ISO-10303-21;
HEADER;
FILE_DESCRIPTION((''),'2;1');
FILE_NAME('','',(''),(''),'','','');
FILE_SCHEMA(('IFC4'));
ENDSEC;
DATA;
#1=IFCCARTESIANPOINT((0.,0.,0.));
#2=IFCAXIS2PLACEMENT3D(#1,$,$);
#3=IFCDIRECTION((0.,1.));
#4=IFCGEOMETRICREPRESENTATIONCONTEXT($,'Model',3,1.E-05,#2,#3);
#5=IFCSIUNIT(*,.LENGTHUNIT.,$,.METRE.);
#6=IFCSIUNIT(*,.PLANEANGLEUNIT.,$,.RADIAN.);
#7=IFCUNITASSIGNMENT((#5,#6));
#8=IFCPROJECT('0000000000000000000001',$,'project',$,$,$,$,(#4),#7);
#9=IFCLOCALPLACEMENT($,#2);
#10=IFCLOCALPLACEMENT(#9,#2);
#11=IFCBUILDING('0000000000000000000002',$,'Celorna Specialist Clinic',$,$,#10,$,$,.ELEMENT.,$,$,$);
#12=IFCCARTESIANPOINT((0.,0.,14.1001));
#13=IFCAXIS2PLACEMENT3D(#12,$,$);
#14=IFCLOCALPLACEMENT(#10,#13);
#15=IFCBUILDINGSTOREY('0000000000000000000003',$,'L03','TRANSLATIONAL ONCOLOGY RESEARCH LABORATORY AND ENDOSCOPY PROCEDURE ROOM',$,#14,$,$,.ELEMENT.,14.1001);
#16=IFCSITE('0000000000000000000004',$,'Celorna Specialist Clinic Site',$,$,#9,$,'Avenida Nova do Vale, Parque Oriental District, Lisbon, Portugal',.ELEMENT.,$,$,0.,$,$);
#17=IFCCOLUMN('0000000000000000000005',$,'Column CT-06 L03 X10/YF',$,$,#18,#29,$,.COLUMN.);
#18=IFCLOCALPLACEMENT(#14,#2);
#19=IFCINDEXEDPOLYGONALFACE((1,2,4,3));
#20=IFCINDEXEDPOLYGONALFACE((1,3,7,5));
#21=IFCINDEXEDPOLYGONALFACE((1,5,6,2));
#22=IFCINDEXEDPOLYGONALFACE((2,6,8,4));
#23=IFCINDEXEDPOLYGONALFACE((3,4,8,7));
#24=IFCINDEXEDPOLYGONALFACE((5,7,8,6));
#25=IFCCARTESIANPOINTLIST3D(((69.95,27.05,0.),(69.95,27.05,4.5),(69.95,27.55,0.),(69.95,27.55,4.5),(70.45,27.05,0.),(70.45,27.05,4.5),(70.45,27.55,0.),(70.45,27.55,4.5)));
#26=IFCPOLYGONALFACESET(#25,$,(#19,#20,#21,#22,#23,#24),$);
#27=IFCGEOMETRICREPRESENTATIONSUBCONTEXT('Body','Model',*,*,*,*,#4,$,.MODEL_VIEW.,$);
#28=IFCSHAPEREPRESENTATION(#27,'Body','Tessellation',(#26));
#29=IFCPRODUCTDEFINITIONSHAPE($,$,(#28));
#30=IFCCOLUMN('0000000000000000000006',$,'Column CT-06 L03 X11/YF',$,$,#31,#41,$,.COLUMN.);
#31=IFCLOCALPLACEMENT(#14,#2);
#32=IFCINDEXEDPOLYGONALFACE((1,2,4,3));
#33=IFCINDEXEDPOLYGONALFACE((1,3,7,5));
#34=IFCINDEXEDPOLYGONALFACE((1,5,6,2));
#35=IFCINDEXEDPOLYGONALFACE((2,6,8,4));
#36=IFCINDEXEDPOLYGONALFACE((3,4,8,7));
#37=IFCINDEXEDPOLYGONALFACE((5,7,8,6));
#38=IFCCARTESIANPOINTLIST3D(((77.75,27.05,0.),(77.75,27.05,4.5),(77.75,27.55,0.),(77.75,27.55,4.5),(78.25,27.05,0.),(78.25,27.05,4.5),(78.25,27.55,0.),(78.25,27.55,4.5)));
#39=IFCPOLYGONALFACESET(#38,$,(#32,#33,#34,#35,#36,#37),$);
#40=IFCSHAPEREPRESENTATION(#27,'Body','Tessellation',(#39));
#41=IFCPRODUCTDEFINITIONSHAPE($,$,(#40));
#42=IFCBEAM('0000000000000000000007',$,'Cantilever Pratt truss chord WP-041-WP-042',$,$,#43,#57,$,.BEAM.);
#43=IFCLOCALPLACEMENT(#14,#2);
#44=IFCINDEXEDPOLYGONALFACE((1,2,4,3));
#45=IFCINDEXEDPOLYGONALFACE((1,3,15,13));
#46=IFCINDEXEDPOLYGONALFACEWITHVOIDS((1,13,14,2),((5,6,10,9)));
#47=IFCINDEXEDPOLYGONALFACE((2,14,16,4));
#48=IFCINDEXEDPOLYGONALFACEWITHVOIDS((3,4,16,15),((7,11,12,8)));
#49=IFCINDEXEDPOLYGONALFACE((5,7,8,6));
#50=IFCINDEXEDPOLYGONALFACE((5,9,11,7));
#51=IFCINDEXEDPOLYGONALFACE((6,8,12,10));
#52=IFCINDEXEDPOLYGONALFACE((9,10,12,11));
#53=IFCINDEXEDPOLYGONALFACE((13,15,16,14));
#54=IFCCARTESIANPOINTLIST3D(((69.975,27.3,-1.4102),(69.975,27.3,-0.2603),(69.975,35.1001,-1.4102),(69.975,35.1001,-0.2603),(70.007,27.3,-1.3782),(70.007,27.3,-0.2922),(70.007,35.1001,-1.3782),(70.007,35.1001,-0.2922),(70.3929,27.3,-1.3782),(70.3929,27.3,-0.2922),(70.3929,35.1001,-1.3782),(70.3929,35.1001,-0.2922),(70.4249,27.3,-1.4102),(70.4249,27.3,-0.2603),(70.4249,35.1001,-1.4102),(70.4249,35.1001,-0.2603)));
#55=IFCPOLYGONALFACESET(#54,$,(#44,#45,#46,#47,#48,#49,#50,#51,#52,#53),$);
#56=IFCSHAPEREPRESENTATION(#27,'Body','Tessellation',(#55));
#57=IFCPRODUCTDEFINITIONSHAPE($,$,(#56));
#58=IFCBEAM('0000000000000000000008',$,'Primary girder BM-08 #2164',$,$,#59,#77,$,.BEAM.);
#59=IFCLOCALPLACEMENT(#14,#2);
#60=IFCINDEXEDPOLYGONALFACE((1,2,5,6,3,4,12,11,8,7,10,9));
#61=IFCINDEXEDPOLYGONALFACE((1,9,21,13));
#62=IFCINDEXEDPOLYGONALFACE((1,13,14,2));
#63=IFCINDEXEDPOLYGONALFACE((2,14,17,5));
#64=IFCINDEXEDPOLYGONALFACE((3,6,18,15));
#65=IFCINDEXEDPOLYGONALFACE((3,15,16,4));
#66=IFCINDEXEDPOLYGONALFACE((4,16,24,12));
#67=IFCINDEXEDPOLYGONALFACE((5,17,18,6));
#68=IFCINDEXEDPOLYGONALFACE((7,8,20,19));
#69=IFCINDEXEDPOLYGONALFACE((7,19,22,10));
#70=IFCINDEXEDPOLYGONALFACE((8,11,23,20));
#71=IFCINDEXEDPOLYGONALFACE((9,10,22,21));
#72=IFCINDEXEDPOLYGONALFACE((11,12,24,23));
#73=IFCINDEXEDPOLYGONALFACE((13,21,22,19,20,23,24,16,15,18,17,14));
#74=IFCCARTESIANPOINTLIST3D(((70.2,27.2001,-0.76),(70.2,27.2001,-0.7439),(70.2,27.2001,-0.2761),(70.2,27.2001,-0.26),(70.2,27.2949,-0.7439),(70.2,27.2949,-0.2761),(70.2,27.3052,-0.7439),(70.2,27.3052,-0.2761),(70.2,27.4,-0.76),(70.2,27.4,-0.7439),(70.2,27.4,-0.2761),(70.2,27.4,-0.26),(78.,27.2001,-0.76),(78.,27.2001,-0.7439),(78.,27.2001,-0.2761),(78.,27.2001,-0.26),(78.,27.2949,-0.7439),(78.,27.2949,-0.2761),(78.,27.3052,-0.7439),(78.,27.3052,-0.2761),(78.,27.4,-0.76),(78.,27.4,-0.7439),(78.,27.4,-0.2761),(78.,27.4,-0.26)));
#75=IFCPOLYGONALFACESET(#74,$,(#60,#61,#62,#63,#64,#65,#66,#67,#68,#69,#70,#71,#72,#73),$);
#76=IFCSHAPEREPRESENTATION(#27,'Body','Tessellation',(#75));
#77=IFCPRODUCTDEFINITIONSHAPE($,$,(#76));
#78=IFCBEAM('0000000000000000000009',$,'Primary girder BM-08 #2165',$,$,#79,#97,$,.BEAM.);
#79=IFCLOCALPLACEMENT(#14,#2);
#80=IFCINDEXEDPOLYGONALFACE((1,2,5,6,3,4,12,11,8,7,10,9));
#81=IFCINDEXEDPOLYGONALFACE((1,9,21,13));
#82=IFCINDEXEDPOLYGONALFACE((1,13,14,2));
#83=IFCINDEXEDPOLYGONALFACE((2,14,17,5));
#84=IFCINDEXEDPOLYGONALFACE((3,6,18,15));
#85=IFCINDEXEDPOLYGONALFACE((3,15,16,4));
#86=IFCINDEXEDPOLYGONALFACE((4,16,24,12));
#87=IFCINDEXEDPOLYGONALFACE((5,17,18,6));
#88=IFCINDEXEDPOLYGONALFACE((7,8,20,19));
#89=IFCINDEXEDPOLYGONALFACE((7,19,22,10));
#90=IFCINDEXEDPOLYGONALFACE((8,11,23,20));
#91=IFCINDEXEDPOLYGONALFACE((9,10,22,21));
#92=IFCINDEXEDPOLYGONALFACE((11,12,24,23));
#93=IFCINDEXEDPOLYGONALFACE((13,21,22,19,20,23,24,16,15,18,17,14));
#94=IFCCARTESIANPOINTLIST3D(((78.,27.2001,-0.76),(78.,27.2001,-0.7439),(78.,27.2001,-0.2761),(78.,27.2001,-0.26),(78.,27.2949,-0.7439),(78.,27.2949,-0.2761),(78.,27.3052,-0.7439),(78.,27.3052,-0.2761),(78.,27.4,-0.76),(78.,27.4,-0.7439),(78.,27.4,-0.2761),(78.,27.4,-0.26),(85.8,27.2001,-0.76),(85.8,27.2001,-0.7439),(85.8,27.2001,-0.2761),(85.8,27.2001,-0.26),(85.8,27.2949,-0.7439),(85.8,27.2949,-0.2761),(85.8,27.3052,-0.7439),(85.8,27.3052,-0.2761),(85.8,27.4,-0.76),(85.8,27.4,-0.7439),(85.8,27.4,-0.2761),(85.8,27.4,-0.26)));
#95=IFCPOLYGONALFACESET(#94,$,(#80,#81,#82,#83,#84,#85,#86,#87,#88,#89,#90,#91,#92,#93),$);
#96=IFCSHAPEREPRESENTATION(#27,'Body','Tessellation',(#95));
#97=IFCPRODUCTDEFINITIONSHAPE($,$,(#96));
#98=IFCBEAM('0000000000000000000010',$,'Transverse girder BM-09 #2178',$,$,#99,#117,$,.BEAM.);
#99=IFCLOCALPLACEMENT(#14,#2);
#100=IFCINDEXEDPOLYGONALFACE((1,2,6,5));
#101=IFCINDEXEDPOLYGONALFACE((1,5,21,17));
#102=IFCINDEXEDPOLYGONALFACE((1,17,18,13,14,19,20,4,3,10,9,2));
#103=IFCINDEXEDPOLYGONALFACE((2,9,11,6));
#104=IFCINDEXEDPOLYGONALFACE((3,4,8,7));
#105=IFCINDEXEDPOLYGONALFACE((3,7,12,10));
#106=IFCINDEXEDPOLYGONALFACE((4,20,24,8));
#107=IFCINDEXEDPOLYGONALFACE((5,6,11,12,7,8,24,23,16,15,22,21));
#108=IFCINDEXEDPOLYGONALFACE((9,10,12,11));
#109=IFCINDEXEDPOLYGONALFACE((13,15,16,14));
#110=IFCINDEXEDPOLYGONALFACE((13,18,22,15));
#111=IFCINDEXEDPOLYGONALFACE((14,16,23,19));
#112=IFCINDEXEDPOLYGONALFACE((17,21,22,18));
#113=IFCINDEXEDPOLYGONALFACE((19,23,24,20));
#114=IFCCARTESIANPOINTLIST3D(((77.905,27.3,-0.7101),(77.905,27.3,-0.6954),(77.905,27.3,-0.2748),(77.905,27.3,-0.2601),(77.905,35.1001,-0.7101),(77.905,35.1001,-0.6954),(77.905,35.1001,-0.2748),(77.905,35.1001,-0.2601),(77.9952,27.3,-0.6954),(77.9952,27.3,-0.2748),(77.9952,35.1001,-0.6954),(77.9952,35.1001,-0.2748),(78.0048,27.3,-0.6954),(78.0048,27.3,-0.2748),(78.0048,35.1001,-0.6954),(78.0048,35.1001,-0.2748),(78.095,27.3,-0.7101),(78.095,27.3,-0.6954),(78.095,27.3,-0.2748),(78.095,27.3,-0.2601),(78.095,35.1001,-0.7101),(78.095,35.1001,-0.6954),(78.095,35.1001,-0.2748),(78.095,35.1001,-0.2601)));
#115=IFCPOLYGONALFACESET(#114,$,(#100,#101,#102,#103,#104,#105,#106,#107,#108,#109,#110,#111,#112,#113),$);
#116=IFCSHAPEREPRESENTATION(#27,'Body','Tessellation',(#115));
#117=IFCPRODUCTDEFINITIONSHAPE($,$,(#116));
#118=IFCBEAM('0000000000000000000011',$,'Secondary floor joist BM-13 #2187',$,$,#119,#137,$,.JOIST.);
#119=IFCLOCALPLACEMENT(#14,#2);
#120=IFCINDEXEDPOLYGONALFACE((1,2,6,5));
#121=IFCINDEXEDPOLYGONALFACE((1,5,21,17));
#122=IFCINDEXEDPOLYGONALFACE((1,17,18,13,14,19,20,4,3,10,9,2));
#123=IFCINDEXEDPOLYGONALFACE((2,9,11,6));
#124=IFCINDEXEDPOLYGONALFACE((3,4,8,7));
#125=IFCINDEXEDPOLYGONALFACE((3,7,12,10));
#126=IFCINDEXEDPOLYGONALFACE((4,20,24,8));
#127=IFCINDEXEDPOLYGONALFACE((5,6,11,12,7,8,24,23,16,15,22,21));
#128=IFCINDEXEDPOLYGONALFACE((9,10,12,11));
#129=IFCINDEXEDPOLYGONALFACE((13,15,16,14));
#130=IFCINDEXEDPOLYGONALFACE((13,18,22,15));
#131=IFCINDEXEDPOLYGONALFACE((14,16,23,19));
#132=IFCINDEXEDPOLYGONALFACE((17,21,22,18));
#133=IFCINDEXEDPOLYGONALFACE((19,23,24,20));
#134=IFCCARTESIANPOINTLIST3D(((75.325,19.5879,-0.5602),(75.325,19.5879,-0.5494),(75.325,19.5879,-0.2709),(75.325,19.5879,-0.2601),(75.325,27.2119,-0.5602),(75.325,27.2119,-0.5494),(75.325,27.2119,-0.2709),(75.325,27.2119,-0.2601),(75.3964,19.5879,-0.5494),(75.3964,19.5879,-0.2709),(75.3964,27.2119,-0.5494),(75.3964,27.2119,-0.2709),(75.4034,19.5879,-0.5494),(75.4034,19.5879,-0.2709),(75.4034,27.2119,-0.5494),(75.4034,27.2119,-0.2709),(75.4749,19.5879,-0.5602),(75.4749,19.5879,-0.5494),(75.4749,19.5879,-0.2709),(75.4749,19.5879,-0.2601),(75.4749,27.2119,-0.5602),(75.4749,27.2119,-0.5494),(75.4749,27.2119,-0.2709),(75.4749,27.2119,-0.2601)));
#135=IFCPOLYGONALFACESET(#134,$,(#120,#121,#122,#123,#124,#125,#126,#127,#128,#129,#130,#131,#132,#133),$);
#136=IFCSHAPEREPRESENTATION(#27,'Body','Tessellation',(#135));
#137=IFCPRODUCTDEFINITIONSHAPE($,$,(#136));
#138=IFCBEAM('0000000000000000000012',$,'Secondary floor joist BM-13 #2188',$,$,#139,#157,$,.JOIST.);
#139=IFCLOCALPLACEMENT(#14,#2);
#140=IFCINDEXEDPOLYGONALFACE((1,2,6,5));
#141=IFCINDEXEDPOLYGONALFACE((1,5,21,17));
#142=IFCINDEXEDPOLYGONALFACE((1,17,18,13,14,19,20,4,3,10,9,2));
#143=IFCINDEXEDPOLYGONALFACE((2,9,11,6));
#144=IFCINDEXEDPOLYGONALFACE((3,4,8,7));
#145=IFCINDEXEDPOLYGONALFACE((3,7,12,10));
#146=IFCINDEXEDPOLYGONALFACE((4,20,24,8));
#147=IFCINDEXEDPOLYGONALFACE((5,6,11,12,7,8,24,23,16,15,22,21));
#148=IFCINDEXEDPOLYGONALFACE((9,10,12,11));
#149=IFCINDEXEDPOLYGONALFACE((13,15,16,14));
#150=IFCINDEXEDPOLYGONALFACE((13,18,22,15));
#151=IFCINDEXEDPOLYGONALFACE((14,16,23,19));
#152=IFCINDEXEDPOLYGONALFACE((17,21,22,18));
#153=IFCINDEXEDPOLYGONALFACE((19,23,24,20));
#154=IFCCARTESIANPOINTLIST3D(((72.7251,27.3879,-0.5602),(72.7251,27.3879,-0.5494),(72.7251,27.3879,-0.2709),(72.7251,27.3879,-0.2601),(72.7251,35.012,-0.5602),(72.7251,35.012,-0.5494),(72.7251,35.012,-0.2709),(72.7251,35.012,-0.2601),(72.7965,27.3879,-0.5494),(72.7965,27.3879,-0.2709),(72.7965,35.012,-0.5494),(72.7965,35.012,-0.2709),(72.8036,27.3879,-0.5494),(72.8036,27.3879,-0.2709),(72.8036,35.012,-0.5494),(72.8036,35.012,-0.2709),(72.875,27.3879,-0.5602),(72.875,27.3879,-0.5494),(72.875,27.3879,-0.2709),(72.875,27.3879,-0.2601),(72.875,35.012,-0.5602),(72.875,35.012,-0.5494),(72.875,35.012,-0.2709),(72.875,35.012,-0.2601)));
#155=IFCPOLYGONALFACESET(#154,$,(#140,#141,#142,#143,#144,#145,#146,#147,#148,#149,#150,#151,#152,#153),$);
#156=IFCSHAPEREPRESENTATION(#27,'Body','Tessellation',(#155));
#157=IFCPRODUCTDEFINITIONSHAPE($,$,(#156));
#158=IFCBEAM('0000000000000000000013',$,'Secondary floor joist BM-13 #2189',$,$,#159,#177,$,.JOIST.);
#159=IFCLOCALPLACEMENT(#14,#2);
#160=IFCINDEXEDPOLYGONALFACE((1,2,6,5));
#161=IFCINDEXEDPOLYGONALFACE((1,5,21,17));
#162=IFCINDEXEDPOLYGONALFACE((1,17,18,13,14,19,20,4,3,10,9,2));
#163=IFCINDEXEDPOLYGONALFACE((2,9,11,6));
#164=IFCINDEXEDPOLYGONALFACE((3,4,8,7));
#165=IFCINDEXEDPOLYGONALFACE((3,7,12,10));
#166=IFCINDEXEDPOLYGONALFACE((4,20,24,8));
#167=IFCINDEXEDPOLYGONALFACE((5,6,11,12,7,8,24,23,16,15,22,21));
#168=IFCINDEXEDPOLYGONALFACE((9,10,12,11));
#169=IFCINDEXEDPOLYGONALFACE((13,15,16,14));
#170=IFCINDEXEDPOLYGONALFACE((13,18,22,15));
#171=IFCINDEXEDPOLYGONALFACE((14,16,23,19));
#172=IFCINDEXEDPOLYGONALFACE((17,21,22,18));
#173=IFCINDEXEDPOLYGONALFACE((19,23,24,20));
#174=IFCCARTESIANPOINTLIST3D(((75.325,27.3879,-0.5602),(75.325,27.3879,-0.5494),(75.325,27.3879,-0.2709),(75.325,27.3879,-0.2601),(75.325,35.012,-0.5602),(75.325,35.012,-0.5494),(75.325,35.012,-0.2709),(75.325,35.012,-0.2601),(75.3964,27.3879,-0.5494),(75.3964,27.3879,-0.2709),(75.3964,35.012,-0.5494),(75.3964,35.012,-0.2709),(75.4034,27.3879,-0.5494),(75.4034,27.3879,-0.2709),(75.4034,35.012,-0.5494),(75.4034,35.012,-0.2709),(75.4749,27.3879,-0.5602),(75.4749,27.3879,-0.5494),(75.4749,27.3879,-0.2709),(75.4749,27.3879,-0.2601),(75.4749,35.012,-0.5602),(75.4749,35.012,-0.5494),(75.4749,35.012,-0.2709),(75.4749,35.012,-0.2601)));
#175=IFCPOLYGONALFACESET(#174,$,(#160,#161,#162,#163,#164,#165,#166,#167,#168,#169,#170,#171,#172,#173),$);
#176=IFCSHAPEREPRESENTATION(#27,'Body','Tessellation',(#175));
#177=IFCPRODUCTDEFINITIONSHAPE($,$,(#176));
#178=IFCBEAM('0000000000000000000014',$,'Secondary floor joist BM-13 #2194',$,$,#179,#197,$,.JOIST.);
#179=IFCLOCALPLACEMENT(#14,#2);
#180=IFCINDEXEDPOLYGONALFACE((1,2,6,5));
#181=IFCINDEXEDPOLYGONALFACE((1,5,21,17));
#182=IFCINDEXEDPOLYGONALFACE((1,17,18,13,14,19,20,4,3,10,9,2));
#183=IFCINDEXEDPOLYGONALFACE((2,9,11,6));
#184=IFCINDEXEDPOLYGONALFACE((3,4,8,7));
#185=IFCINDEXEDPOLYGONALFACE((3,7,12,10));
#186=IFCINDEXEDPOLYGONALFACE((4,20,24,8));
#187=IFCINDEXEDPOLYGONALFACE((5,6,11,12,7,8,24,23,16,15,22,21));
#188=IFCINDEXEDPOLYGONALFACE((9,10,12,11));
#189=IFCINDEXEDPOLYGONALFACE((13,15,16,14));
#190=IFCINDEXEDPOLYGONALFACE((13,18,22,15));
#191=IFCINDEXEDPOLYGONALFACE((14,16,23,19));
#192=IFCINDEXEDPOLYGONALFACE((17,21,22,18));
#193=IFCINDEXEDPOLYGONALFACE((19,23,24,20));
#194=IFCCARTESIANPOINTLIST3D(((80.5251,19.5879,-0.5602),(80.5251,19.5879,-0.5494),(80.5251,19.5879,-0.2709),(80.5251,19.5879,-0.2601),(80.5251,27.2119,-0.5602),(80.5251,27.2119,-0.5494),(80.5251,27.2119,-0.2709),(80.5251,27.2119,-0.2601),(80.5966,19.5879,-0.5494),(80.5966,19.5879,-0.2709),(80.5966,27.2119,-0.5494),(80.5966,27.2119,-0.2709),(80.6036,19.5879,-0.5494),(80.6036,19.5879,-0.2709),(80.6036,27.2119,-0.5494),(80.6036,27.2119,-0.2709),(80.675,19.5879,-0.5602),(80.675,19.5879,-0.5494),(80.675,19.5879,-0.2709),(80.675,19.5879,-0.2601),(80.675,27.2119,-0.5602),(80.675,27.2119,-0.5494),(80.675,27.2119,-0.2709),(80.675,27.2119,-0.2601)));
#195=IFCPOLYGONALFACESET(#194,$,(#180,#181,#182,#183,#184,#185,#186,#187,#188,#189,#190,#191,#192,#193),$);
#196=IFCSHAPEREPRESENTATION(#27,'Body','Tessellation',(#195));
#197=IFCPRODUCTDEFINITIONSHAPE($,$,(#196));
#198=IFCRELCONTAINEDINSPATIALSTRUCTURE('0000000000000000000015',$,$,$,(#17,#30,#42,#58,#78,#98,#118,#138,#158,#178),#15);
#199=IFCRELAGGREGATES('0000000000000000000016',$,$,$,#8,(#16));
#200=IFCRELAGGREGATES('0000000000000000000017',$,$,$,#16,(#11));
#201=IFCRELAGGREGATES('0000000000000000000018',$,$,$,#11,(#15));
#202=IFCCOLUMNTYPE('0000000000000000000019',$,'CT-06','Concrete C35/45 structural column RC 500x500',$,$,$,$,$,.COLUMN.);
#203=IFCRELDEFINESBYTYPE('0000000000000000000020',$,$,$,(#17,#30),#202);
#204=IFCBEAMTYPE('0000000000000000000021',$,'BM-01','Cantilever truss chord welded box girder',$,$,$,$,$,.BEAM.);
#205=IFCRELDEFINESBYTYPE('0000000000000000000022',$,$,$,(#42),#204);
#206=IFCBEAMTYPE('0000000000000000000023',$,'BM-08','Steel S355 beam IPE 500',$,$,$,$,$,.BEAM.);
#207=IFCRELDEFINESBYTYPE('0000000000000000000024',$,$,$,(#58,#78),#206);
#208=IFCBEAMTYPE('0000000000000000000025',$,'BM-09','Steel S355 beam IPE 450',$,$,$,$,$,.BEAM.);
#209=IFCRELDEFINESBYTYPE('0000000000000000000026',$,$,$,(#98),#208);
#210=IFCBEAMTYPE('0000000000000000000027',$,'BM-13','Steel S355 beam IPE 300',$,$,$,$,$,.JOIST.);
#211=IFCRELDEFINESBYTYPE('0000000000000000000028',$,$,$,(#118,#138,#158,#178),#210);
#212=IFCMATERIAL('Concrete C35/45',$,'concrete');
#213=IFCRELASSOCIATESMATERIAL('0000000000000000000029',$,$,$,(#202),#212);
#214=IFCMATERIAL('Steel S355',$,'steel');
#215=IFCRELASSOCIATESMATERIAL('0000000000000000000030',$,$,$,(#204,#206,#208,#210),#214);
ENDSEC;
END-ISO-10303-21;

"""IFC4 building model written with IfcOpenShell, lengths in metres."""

from ifc_helpers import new_model, si_unit, direction, frame, origin, origin_2d, place, context, subcontext, project, spatial, rectangle, hollow_rectangle, i_section, extrude, material, material_profile, profile_set, type_object, element, save


model = new_model("IFC4")

# Units and contexts
model_context = context("Model", 3, precision=1e-05, world=origin(), true_north=direction((0.0, 1.0)))
body_context = subcontext(model_context, "Body", "Model", "MODEL_VIEW")
ifc_project = project(units=[si_unit("LENGTHUNIT", "METRE"), si_unit("PLANEANGLEUNIT", "RADIAN")], contexts=[model_context])

# Site, building, storey
site_placement = place(None, origin())
site = spatial("IfcSite", under=ifc_project, at=site_placement, Name="Celorna Specialist Clinic Site", LongName="Avenida Nova do Vale, Parque Oriental District, Lisbon, Portugal", CompositionType="ELEMENT", RefElevation=0.0)
building_placement = place(site_placement, origin())
building = spatial("IfcBuilding", under=site, at=building_placement, Name="Celorna Specialist Clinic", CompositionType="ELEMENT")
storey_placement = place(building_placement, frame((0.0, 0.0, 14.1001)))
storey = spatial("IfcBuildingStorey", under=building, at=storey_placement, Name="L03", Description="TRANSLATIONAL ONCOLOGY RESEARCH LABORATORY AND ENDOSCOPY PROCEDURE ROOM", CompositionType="ELEMENT", Elevation=14.1001)

# Columns
ifc_material_1 = material(Name="Concrete C35/45", Category="concrete")
ifc_material_profile_1 = material_profile(ifc_material_1, rectangle(XDim=0.5, YDim=0.5, at=origin_2d()), Name="RC 500x500")
ifc_profile_set_1 = profile_set([ifc_material_profile_1], Name="Concrete C35/45")
column_type = type_object("IfcColumnType", Name="CT-06", Description="Concrete C35/45 structural column RC 500x500", PredefinedType="COLUMN", material=ifc_profile_set_1)
for number, where, z_axis, x_axis, name in (
    (1, (70.2, 27.3, 0.0), (0.0, 0.0, 1.0), (1.0, 0.0, 0.0), "Column CT-06 L03 X10/YF"),
    (2, (78.0, 27.3, 0.0), (0.0, 0.0, 1.0), (1.0, 0.0, 0.0), "Column CT-06 L03 X11/YF"),
):
    element("IfcColumn", number, at=place(storey_placement, frame(where, z_axis=z_axis, x_axis=x_axis)), inside=storey, type_object=column_type, Name=name, PredefinedType="COLUMN", context=body_context, shape_type="SweptSolid", body=[
        extrude(rectangle(XDim=0.5, YDim=0.5, at=origin_2d()), origin(), (0.0, 0.0, 1.0), 4.5),
    ])

# Beams
ifc_material_2 = material(Name="Steel S355", Category="steel")
ifc_material_profile_2 = material_profile(ifc_material_2, hollow_rectangle(XDim=0.45, YDim=1.1499, WallThickness=0.032, at=origin_2d()), Name="BOX 450x1150x32")
ifc_profile_set_2 = profile_set([ifc_material_profile_2], Name="Steel S355")
beam_type_1 = type_object("IfcBeamType", Name="BM-01", Description="Cantilever truss chord welded box girder", PredefinedType="BEAM", material=ifc_profile_set_2)
beam_1_placement = place(storey_placement, frame((70.2, 27.3, -0.8352), z_axis=(0.0, 1.0, 0.0), x_axis=(-1.0, 0.0, 0.0)))
element("IfcBeam", 3, at=beam_1_placement, inside=storey, type_object=beam_type_1, Name="Cantilever Pratt truss chord WP-041-WP-042", PredefinedType="BEAM", context=body_context, shape_type="SweptSolid", body=[
    extrude(hollow_rectangle(XDim=0.45, YDim=1.1499, WallThickness=0.032, at=origin_2d()), origin(), (0.0, 0.0, 1.0), 7.8),
])
ifc_material_profile_3 = material_profile(ifc_material_2, i_section(OverallWidth=0.2, OverallDepth=0.5, WebThickness=0.0103, FlangeThickness=0.0161, at=origin_2d()), Name="IPE 500")
ifc_profile_set_3 = profile_set([ifc_material_profile_3], Name="Steel S355")
beam_type_2 = type_object("IfcBeamType", Name="BM-08", Description="Steel S355 beam IPE 500", PredefinedType="BEAM", material=ifc_profile_set_3)
for number, where, z_axis, x_axis, name in (
    (4, (70.2, 27.3, -0.51), (1.0, 0.0, 0.0), (0.0, 1.0, 0.0), "Primary girder BM-08 #2164"),
    (5, (78.0, 27.3, -0.51), (1.0, 0.0, 0.0), (0.0, 1.0, 0.0), "Primary girder BM-08 #2165"),
):
    element("IfcBeam", number, at=place(storey_placement, frame(where, z_axis=z_axis, x_axis=x_axis)), inside=storey, type_object=beam_type_2, Name=name, PredefinedType="BEAM", context=body_context, shape_type="SweptSolid", body=[
        extrude(i_section(OverallWidth=0.2, OverallDepth=0.5, WebThickness=0.0103, FlangeThickness=0.0161, at=origin_2d()), origin(), (0.0, 0.0, 1.0), 7.8),
    ])
ifc_material_profile_4 = material_profile(ifc_material_2, i_section(OverallWidth=0.1899, OverallDepth=0.45, WebThickness=0.0095, FlangeThickness=0.0146, at=origin_2d()), Name="IPE 450")
ifc_profile_set_4 = profile_set([ifc_material_profile_4], Name="Steel S355")
beam_type_3 = type_object("IfcBeamType", Name="BM-09", Description="Steel S355 beam IPE 450", PredefinedType="BEAM", material=ifc_profile_set_4)
beam_2_placement = place(storey_placement, frame((78.0, 27.3, -0.4851), z_axis=(0.0, 1.0, 0.0), x_axis=(-1.0, 0.0, 0.0)))
element("IfcBeam", 6, at=beam_2_placement, inside=storey, type_object=beam_type_3, Name="Transverse girder BM-09 #2178", PredefinedType="BEAM", context=body_context, shape_type="SweptSolid", body=[
    extrude(i_section(OverallWidth=0.1899, OverallDepth=0.45, WebThickness=0.0095, FlangeThickness=0.0146, at=origin_2d()), origin(), (0.0, 0.0, 1.0), 7.8),
])
ifc_material_profile_5 = material_profile(ifc_material_2, i_section(OverallWidth=0.1499, OverallDepth=0.3, WebThickness=0.0071, FlangeThickness=0.0107, at=origin_2d()), Name="IPE 300")
ifc_profile_set_5 = profile_set([ifc_material_profile_5], Name="Steel S355")
beam_type_4 = type_object("IfcBeamType", Name="BM-13", Description="Steel S355 beam IPE 300", PredefinedType="JOIST", material=ifc_profile_set_5)
for number, where, z_axis, x_axis, name in (
    (7, (75.3999, 19.5879, -0.4102), (0.0, 1.0, 0.0), (-1.0, 0.0, 0.0), "Secondary floor joist BM-13 #2187"),
    (8, (72.8, 27.3879, -0.4102), (0.0, 1.0, 0.0), (-1.0, 0.0, 0.0), "Secondary floor joist BM-13 #2188"),
    (9, (75.3999, 27.3879, -0.4102), (0.0, 1.0, 0.0), (-1.0, 0.0, 0.0), "Secondary floor joist BM-13 #2189"),
    (10, (80.6001, 19.5879, -0.4102), (0.0, 1.0, 0.0), (-1.0, 0.0, 0.0), "Secondary floor joist BM-13 #2194"),
):
    element("IfcBeam", number, at=place(storey_placement, frame(where, z_axis=z_axis, x_axis=x_axis)), inside=storey, type_object=beam_type_4, Name=name, PredefinedType="JOIST", context=body_context, shape_type="SweptSolid", body=[
        extrude(i_section(OverallWidth=0.1499, OverallDepth=0.3, WebThickness=0.0071, FlangeThickness=0.0107, at=origin_2d()), origin(), (0.0, 0.0, 1.0), 7.624),
    ])

save(model, "model.ifc")
